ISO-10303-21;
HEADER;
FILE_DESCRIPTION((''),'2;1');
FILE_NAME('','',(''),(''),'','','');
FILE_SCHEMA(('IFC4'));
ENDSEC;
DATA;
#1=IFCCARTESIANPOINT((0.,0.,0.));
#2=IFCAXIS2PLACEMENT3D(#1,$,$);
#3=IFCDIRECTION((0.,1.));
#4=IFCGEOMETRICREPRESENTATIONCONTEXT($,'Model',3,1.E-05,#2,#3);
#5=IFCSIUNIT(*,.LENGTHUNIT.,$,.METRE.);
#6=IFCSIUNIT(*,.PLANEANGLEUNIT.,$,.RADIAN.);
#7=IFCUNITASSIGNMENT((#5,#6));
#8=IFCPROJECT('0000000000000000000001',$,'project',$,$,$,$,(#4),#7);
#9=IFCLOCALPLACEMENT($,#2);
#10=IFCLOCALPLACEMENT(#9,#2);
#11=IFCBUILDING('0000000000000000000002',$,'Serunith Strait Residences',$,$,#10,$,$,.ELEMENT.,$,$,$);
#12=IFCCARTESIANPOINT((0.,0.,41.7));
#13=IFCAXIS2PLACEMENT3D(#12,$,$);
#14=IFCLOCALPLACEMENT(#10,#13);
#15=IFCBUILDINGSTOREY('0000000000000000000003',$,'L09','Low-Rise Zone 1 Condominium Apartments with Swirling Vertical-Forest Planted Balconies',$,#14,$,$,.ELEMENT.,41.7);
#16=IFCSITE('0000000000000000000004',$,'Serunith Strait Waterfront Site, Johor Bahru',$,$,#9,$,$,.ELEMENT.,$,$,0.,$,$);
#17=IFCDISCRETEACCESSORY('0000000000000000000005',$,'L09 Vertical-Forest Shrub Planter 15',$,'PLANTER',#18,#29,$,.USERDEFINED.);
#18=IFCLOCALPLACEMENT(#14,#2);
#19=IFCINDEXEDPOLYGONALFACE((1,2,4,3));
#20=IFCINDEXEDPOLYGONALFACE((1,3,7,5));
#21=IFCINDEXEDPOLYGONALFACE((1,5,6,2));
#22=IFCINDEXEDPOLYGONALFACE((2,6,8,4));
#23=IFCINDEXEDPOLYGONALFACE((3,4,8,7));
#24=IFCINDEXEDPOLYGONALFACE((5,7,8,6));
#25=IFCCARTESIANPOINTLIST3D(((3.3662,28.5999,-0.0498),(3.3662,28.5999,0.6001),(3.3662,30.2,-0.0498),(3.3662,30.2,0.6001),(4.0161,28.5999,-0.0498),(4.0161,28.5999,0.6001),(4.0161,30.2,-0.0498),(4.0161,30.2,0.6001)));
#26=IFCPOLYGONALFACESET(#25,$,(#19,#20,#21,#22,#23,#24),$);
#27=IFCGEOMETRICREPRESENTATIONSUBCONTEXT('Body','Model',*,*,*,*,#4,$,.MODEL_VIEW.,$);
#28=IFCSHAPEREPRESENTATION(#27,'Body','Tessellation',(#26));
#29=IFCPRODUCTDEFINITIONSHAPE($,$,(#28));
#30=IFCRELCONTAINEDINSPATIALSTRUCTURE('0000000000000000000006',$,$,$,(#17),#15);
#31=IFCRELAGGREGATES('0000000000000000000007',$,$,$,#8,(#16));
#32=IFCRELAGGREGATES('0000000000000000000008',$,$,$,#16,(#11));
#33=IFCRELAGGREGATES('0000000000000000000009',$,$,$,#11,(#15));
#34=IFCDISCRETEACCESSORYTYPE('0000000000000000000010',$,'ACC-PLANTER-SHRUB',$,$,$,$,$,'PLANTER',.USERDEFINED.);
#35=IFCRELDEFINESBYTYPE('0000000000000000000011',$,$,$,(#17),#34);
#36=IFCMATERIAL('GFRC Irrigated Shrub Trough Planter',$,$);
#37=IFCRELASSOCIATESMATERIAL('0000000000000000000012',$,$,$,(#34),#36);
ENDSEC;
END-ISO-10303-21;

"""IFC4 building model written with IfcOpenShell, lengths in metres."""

from ifc_helpers import new_model, si_unit, direction, frame, origin, origin_2d, place, context, subcontext, project, spatial, rectangle, extrude, source, transform, mapped, material, type_object, element, save


model = new_model("IFC4")

# Units and contexts
model_context = context("Model", 3, precision=1e-05, world=origin(), true_north=direction((0.0, 1.0)))
body_context = subcontext(model_context, "Body", "Model", "MODEL_VIEW")
ifc_project = project(units=[si_unit("LENGTHUNIT", "METRE"), si_unit("PLANEANGLEUNIT", "RADIAN")], contexts=[model_context])

# Site, building, storey
site_placement = place(None, origin())
site = spatial("IfcSite", under=ifc_project, at=site_placement, Name="Serunith Strait Waterfront Site, Johor Bahru", CompositionType="ELEMENT", RefElevation=0.0)
building_placement = place(site_placement, origin())
building = spatial("IfcBuilding", under=site, at=building_placement, Name="Serunith Strait Residences", CompositionType="ELEMENT")
storey_placement = place(building_placement, frame((0.0, 0.0, 41.7)))
storey = spatial("IfcBuildingStorey", under=building, at=storey_placement, Name="L09", Description="Low-Rise Zone 1 Condominium Apartments with Swirling Vertical-Forest Planted Balconies", CompositionType="ELEMENT", Elevation=41.7)

# Discrete accessory
ifc_material_1 = material(Name="GFRC Irrigated Shrub Trough Planter")
discrete_accessory_type = type_object("IfcDiscreteAccessoryType", Name="ACC-PLANTER-SHRUB", ElementType="PLANTER", PredefinedType="USERDEFINED", material=ifc_material_1)
shared_shape_1 = source(origin(), body_context, "Body", "SweptSolid", [
    extrude(rectangle(XDim=1.6001, YDim=0.6499, at=origin_2d()), origin(), (0.0, 0.0, 1.0), 0.6499),
])
discrete_accessory_placement = place(storey_placement, frame((3.6912, 29.3999, -0.0498), z_axis=(0.0, 0.0, 1.0), x_axis=(0.0, -1.0, 0.0)))
element("IfcDiscreteAccessory", 1, at=discrete_accessory_placement, inside=storey, type_object=discrete_accessory_type, Name="L09 Vertical-Forest Shrub Planter 15", ObjectType="PLANTER", PredefinedType="USERDEFINED", context=body_context, shape_type="MappedRepresentation", body=[
    mapped(shared_shape_1, transform((0.0, 0.0, 0.0), scale=1.0)),
])

save(model, "model.ifc")
